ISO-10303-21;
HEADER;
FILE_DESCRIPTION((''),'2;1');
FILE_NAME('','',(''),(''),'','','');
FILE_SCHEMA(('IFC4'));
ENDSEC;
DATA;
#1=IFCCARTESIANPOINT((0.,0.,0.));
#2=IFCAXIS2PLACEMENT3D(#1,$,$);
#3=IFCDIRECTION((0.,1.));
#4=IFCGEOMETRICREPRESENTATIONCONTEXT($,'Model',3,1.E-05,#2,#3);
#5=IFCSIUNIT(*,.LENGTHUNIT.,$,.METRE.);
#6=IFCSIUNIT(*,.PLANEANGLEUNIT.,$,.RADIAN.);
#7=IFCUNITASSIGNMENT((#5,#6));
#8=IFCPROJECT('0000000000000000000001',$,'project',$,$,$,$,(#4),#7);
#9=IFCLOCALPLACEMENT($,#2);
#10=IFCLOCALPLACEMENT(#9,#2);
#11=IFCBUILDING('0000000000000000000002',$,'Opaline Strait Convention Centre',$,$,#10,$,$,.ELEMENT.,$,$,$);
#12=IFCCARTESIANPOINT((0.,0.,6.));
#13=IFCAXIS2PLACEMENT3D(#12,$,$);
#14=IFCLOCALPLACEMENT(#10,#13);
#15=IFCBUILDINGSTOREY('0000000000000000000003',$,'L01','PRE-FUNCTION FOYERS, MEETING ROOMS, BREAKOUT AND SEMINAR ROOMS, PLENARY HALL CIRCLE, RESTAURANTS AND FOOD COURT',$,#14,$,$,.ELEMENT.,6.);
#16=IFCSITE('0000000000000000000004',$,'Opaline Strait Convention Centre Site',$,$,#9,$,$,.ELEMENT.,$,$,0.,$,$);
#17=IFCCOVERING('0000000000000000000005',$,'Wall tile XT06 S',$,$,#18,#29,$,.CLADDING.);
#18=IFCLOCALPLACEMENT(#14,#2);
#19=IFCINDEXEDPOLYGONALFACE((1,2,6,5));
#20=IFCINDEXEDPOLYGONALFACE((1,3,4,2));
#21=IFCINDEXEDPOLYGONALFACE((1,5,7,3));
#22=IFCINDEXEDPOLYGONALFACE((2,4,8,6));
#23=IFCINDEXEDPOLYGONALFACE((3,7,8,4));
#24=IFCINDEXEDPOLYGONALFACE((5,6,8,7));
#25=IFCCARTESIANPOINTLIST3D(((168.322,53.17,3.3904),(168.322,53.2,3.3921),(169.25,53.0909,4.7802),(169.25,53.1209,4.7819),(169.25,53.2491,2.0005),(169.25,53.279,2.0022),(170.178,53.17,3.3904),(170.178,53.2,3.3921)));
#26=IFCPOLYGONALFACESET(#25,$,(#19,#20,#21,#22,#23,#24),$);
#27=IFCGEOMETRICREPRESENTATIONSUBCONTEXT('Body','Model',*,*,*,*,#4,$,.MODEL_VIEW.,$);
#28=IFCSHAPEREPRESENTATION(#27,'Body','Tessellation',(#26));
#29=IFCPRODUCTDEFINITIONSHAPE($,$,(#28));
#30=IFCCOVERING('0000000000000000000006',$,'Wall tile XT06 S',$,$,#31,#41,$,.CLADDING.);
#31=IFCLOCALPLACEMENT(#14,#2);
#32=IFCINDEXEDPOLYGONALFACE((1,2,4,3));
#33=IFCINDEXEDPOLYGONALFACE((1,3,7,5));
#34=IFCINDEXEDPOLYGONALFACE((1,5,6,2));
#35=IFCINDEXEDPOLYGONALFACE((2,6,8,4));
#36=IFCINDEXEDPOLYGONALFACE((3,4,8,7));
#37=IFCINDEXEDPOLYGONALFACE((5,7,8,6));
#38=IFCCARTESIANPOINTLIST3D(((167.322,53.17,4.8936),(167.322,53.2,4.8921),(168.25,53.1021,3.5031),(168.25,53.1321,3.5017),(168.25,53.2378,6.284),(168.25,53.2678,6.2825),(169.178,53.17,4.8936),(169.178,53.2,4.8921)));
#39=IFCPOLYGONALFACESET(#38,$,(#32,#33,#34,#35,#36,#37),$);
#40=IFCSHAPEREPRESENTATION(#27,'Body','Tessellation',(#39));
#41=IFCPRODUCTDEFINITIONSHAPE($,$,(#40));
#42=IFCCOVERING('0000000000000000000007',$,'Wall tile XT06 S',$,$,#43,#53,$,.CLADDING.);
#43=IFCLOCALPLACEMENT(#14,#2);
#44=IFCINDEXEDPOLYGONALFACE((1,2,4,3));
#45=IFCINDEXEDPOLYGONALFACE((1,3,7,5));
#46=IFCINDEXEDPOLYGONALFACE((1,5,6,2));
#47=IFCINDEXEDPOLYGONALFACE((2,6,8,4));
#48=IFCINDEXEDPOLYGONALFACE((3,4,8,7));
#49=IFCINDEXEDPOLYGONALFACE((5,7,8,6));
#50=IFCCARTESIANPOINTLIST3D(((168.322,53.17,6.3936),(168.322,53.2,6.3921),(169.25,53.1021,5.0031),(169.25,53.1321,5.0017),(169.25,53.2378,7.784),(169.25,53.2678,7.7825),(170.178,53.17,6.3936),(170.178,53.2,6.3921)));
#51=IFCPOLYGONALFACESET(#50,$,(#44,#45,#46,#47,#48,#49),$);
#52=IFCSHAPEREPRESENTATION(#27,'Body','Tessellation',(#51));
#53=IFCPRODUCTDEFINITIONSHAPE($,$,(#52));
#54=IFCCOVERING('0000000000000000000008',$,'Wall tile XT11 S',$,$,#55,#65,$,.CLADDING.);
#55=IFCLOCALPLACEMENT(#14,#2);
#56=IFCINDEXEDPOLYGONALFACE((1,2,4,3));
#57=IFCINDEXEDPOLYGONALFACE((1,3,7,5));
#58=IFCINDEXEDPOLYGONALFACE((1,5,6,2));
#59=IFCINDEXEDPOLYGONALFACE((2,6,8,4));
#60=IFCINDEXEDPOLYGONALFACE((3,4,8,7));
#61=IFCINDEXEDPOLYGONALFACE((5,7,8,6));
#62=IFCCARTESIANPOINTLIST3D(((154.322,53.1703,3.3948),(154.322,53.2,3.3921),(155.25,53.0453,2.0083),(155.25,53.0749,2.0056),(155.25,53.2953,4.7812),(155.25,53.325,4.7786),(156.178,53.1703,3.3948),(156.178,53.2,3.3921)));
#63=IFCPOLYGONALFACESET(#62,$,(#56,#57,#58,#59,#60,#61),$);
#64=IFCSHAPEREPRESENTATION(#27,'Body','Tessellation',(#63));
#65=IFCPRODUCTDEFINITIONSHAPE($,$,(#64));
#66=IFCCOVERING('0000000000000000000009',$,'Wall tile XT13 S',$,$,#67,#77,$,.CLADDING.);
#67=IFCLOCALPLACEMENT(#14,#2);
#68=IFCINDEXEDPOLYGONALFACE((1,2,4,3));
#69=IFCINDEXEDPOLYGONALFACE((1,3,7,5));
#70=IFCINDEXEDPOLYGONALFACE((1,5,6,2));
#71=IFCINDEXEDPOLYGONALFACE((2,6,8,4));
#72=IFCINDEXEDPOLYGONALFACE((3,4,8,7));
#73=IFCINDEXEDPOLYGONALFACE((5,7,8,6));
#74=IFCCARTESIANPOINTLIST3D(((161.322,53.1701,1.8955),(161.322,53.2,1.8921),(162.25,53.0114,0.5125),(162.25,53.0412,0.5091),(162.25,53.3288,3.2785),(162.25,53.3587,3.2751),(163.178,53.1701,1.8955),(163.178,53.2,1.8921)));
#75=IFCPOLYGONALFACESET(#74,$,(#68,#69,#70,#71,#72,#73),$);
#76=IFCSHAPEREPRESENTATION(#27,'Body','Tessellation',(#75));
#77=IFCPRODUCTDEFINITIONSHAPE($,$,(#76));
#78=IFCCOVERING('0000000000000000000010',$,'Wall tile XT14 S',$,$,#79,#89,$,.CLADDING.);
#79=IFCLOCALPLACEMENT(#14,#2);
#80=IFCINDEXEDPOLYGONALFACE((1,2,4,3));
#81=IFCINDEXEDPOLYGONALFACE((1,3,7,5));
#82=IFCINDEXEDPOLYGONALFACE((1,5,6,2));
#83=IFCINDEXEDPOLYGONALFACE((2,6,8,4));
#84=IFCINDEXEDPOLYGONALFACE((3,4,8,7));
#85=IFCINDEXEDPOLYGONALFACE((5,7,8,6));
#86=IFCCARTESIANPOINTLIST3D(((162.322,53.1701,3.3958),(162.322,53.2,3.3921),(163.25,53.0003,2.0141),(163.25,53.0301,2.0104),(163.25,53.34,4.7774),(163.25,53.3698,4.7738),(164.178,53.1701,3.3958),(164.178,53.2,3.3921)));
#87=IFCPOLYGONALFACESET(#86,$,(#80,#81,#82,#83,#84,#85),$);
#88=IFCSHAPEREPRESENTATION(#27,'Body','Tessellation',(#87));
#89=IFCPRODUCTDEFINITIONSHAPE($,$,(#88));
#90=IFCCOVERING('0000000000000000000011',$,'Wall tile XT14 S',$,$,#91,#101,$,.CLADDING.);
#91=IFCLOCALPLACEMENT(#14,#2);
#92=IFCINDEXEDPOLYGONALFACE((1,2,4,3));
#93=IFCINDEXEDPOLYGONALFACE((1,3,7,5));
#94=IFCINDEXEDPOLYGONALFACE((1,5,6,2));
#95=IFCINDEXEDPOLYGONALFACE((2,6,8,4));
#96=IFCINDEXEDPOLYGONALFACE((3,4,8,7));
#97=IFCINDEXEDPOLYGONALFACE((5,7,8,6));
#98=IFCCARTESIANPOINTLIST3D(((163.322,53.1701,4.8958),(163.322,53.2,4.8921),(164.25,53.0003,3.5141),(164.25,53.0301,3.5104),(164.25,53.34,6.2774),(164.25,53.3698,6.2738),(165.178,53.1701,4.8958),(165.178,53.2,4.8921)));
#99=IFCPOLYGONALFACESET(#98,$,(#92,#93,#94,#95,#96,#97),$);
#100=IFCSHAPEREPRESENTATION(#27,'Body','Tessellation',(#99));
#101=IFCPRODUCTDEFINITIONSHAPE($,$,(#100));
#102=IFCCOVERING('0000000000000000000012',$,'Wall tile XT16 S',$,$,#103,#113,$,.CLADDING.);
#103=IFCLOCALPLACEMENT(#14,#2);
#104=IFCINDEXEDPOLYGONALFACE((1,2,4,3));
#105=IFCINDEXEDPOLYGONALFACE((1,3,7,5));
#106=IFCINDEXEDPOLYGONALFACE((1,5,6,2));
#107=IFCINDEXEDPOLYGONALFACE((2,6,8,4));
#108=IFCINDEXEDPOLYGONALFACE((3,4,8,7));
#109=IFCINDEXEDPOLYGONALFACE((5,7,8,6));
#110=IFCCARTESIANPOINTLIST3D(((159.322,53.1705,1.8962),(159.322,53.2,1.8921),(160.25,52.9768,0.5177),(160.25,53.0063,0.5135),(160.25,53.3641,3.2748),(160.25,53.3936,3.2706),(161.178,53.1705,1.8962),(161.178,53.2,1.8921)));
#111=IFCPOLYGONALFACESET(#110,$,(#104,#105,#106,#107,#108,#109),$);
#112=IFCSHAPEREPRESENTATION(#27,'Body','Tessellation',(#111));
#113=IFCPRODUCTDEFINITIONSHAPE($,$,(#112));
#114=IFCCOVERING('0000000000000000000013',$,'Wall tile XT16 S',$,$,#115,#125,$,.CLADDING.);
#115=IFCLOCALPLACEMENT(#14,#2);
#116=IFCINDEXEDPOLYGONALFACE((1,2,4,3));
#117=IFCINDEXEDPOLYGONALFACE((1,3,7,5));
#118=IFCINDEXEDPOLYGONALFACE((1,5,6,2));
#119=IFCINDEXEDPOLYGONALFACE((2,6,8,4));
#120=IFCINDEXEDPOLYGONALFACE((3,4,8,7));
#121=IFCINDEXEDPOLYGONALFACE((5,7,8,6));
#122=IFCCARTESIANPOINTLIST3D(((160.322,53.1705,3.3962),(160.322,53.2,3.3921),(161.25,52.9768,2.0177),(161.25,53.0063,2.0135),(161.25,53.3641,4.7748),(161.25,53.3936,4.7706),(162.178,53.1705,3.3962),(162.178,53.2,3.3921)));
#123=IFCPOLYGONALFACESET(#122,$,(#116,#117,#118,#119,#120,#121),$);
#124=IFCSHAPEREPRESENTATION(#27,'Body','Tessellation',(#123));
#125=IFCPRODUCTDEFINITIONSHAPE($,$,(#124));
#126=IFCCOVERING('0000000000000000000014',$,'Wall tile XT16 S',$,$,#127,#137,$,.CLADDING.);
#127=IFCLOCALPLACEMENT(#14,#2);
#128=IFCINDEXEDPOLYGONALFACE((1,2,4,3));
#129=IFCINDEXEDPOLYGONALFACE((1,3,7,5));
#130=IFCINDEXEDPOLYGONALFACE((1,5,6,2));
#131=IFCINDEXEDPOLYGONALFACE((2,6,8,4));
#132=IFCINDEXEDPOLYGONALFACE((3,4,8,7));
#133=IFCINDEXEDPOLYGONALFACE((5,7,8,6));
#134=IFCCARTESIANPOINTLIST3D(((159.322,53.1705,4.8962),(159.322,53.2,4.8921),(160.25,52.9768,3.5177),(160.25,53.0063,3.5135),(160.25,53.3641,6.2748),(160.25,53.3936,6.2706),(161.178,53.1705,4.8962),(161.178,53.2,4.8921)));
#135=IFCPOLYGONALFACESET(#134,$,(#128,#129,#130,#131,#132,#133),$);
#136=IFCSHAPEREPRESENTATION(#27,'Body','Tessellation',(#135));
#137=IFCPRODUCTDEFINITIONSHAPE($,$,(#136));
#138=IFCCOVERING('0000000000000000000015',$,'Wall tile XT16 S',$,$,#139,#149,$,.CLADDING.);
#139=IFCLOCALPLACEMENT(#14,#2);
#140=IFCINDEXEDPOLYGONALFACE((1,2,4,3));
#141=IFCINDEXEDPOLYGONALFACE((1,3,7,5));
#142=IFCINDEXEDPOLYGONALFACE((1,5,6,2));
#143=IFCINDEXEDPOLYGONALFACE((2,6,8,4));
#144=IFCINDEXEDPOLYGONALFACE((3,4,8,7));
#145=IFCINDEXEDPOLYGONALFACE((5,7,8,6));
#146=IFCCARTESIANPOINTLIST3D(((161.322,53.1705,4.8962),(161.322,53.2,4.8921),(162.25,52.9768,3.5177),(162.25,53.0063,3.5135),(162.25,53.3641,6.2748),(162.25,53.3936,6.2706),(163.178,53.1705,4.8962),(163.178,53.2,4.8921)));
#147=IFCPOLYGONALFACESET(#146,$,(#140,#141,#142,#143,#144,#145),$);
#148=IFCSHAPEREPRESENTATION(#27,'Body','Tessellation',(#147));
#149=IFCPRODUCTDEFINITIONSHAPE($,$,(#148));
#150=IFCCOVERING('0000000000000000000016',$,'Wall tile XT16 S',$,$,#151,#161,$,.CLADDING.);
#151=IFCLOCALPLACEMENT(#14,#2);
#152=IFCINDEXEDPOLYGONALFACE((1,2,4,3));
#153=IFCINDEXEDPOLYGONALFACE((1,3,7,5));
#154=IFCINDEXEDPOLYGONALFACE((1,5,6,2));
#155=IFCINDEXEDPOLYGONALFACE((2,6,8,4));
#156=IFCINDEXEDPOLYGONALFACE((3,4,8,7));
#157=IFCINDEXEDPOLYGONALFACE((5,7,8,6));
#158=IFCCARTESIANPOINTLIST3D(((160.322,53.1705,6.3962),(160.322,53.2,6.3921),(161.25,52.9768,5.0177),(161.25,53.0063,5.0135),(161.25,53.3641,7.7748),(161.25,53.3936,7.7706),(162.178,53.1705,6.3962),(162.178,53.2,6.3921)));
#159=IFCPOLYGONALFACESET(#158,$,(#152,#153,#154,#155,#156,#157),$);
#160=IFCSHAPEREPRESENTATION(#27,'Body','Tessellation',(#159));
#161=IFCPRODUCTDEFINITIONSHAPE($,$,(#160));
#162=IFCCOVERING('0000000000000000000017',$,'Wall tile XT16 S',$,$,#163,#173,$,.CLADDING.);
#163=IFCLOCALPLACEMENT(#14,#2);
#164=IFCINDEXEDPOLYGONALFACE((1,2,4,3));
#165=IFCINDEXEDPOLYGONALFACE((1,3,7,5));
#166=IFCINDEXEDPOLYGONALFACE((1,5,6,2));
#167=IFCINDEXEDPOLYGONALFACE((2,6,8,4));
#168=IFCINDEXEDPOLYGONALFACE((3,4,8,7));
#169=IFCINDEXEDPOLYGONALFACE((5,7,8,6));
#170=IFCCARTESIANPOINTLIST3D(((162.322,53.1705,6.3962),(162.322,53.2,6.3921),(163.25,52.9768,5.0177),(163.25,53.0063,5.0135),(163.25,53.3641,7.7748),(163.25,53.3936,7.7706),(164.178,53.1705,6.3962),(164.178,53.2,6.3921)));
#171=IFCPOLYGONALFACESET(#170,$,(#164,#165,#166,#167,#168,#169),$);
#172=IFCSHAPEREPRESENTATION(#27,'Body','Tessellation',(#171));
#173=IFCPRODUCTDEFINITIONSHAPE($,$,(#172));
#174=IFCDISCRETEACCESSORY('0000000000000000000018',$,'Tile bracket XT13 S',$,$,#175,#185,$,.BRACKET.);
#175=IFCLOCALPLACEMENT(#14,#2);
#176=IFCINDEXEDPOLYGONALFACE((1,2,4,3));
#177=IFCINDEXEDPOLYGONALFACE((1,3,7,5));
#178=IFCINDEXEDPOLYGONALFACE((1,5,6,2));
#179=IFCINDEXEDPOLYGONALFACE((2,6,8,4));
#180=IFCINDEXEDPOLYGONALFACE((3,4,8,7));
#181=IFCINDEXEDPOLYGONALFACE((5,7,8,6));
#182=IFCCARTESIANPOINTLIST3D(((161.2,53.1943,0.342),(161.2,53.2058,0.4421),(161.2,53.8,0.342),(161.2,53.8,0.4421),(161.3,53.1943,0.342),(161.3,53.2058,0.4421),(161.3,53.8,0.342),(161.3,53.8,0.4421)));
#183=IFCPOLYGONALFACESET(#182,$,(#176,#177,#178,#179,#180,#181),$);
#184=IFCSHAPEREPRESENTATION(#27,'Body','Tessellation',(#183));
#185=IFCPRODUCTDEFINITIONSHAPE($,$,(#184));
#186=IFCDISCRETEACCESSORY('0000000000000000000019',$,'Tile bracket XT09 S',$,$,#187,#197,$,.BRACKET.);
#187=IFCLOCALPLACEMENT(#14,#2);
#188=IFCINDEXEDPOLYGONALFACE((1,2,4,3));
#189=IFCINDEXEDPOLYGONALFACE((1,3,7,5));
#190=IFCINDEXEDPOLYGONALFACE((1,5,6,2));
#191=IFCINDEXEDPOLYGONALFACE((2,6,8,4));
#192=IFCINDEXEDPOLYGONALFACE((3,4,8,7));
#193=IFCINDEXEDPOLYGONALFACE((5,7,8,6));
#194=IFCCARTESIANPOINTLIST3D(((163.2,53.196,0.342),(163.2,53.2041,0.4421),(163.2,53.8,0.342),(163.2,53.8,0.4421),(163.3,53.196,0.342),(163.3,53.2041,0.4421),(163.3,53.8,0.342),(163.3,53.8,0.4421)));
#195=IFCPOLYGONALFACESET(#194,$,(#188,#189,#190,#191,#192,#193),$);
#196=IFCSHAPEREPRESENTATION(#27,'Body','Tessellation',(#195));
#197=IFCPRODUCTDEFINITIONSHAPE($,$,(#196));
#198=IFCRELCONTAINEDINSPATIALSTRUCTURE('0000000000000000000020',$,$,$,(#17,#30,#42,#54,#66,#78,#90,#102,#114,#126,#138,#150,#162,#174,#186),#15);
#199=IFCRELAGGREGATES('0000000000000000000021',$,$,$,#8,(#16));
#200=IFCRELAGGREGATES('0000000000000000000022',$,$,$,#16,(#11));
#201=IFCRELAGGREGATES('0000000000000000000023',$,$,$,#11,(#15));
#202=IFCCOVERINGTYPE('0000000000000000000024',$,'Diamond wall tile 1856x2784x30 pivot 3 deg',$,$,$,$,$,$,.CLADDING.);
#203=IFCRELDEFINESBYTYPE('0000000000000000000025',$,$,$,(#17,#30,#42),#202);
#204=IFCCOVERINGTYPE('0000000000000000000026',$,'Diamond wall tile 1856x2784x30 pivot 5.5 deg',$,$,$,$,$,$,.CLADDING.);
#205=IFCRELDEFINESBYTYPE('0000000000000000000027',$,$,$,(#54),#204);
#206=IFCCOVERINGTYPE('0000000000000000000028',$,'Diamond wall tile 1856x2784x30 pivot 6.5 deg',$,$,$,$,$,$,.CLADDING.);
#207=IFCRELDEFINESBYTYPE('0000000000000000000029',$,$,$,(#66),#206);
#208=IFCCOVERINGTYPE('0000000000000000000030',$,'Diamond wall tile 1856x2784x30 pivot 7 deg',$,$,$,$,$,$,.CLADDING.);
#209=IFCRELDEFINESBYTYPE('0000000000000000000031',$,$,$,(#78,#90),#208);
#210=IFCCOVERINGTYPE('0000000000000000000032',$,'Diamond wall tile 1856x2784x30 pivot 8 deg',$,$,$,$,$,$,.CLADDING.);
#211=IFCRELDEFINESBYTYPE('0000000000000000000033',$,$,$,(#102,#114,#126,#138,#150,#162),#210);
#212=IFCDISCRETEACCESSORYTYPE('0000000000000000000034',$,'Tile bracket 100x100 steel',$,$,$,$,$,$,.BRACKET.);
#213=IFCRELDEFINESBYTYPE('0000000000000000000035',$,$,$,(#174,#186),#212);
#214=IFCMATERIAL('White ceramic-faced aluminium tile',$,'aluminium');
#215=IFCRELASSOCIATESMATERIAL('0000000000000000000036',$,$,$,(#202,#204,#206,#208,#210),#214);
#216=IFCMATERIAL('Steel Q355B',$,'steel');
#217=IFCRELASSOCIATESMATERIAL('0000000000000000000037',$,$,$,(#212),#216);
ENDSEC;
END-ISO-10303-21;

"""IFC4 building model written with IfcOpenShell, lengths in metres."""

from ifc_helpers import new_model, si_unit, direction, frame, origin, place, context, subcontext, project, spatial, polyline, outline, extrude, material, material_profile, profile_set, type_object, element, save


model = new_model("IFC4")

# Units and contexts
model_context = context("Model", 3, precision=1e-05, world=origin(), true_north=direction((0.0, 1.0)))
body_context = subcontext(model_context, "Body", "Model", "MODEL_VIEW")
ifc_project = project(units=[si_unit("LENGTHUNIT", "METRE"), si_unit("PLANEANGLEUNIT", "RADIAN")], contexts=[model_context])

# Site, building, storey
site_placement = place(None, origin())
site = spatial("IfcSite", under=ifc_project, at=site_placement, Name="Opaline Strait Convention Centre Site", CompositionType="ELEMENT", RefElevation=0.0)
building_placement = place(site_placement, origin())
building = spatial("IfcBuilding", under=site, at=building_placement, Name="Opaline Strait Convention Centre", CompositionType="ELEMENT")
storey_placement = place(building_placement, frame((0.0, 0.0, 6.0)))
storey = spatial("IfcBuildingStorey", under=building, at=storey_placement, Name="L01", Description="PRE-FUNCTION FOYERS, MEETING ROOMS, BREAKOUT AND SEMINAR ROOMS, PLENARY HALL CIRCLE, RESTAURANTS AND FOOD COURT", CompositionType="ELEMENT", Elevation=6.0)

# Coverings
ifc_material_1 = material(Name="White ceramic-faced aluminium tile", Category="aluminium")
ifc_material_profile_1 = material_profile(ifc_material_1, outline(polyline([(0.928, 0.0), (0.0, 1.3921), (-0.928, 0.0), (0.0, -1.3921), (0.928, 0.0)])), Name="Diamond tile 1856x2784")
ifc_profile_set_1 = profile_set([ifc_material_profile_1], Name="White ceramic-faced aluminium tile")
covering_type_1 = type_object("IfcCoveringType", Name="Diamond wall tile 1856x2784x30 pivot 3 deg", PredefinedType="CLADDING", material=ifc_profile_set_1)
for number, where, z_axis, x_axis, name in (
    (1, (169.25, 53.2, 3.3921), (0.0, -0.998385, -0.056819), (1.0, 0.0, 0.0), "Wall tile XT06 S"),
    (2, (168.25, 53.2, 4.8921), (0.0, -0.998812, 0.048723), (1.0, 0.0, 0.0), "Wall tile XT06 S"),
    (3, (169.25, 53.2, 6.3921), (0.0, -0.998812, 0.048723), (1.0, 0.0, 0.0), "Wall tile XT06 S"),
):
    element("IfcCovering", number, at=place(storey_placement, frame(where, z_axis=z_axis, x_axis=x_axis)), inside=storey, type_object=covering_type_1, Name=name, PredefinedType="CLADDING", context=body_context, shape_type="SweptSolid", body=[
        extrude(outline(polyline([(0.928, 0.0), (0.0, 1.3921), (-0.928, 0.0), (0.0, -1.3921), (0.928, 0.0)])), origin(), (0.0, 0.0, 1.0), 0.03),
    ])
ifc_material_profile_2 = material_profile(ifc_material_1, outline(polyline([(0.928, 0.0), (0.0, 1.3921), (-0.928, 0.0), (0.0, -1.3921), (0.928, 0.0)])), Name="Diamond tile 1856x2784")
ifc_profile_set_2 = profile_set([ifc_material_profile_2], Name="White ceramic-faced aluminium tile")
covering_type_2 = type_object("IfcCoveringType", Name="Diamond wall tile 1856x2784x30 pivot 5.5 deg", PredefinedType="CLADDING", material=ifc_profile_set_2)
covering_1_placement = place(storey_placement, frame((155.25, 53.2, 3.3921), z_axis=(0.0, -0.99596, 0.0898), x_axis=(1.0, 0.0, 0.0)))
element("IfcCovering", 4, at=covering_1_placement, inside=storey, type_object=covering_type_2, Name="Wall tile XT11 S", PredefinedType="CLADDING", context=body_context, shape_type="SweptSolid", body=[
    extrude(outline(polyline([(0.928, 0.0), (0.0, 1.3921), (-0.928, 0.0), (0.0, -1.3921), (0.928, 0.0)])), origin(), (0.0, 0.0, 1.0), 0.0298),
])
ifc_material_profile_3 = material_profile(ifc_material_1, outline(polyline([(0.928, 0.0), (0.0, 1.3921), (-0.928, 0.0), (0.0, -1.3921), (0.928, 0.0)])), Name="Diamond tile 1856x2784")
ifc_profile_set_3 = profile_set([ifc_material_profile_3], Name="White ceramic-faced aluminium tile")
covering_type_3 = type_object("IfcCoveringType", Name="Diamond wall tile 1856x2784x30 pivot 6.5 deg", PredefinedType="CLADDING", material=ifc_profile_set_3)
covering_2_placement = place(storey_placement, frame((162.25, 53.2, 1.8921), z_axis=(0.0, -0.99348, 0.114006), x_axis=(1.0, 0.0, 0.0)))
element("IfcCovering", 5, at=covering_2_placement, inside=storey, type_object=covering_type_3, Name="Wall tile XT13 S", PredefinedType="CLADDING", context=body_context, shape_type="SweptSolid", body=[
    extrude(outline(polyline([(0.928, 0.0), (0.0, 1.3921), (-0.928, 0.0), (0.0, -1.3921), (0.928, 0.0)])), origin(), (0.0, 0.0, 1.0), 0.03),
])
ifc_material_profile_4 = material_profile(ifc_material_1, outline(polyline([(0.928, 0.0), (0.0, 1.3921), (-0.928, 0.0), (0.0, -1.3921), (0.928, 0.0)])), Name="Diamond tile 1856x2784")
ifc_profile_set_4 = profile_set([ifc_material_profile_4], Name="White ceramic-faced aluminium tile")
covering_type_4 = type_object("IfcCoveringType", Name="Diamond wall tile 1856x2784x30 pivot 7 deg", PredefinedType="CLADDING", material=ifc_profile_set_4)
for number, where, z_axis, x_axis, name in (
    (6, (163.25, 53.2, 3.3921), (0.0, -0.992526, 0.122032), (1.0, 0.0, 0.0), "Wall tile XT14 S"),
    (7, (164.25, 53.2, 4.8921), (0.0, -0.992526, 0.122032), (1.0, 0.0, 0.0), "Wall tile XT14 S"),
):
    element("IfcCovering", number, at=place(storey_placement, frame(where, z_axis=z_axis, x_axis=x_axis)), inside=storey, type_object=covering_type_4, Name=name, PredefinedType="CLADDING", context=body_context, shape_type="SweptSolid", body=[
        extrude(outline(polyline([(0.928, 0.0), (0.0, 1.3921), (-0.928, 0.0), (0.0, -1.3921), (0.928, 0.0)])), origin(), (0.0, 0.0, 1.0), 0.03),
    ])
ifc_material_profile_5 = material_profile(ifc_material_1, outline(polyline([(0.928, 0.0), (0.0, 1.3921), (-0.928, 0.0), (0.0, -1.3921), (0.928, 0.0)])), Name="Diamond tile 1856x2784")
ifc_profile_set_5 = profile_set([ifc_material_profile_5], Name="White ceramic-faced aluminium tile")
covering_type_5 = type_object("IfcCoveringType", Name="Diamond wall tile 1856x2784x30 pivot 8 deg", PredefinedType="CLADDING", material=ifc_profile_set_5)
for number, where, z_axis, x_axis, name in (
    (8, (160.25, 53.2, 1.8921), (0.0, -0.990274, 0.139129), (1.0, 0.0, 0.0), "Wall tile XT16 S"),
    (9, (161.25, 53.2, 3.3921), (0.0, -0.990274, 0.139129), (1.0, 0.0, 0.0), "Wall tile XT16 S"),
    (10, (160.25, 53.2, 4.8921), (0.0, -0.990274, 0.139129), (1.0, 0.0, 0.0), "Wall tile XT16 S"),
    (11, (162.25, 53.2, 4.8921), (0.0, -0.990274, 0.139129), (1.0, 0.0, 0.0), "Wall tile XT16 S"),
    (12, (161.25, 53.2, 6.3921), (0.0, -0.990274, 0.139129), (1.0, 0.0, 0.0), "Wall tile XT16 S"),
    (13, (163.25, 53.2, 6.3921), (0.0, -0.990274, 0.139129), (1.0, 0.0, 0.0), "Wall tile XT16 S"),
):
    element("IfcCovering", number, at=place(storey_placement, frame(where, z_axis=z_axis, x_axis=x_axis)), inside=storey, type_object=covering_type_5, Name=name, PredefinedType="CLADDING", context=body_context, shape_type="SweptSolid", body=[
        extrude(outline(polyline([(0.928, 0.0), (0.0, 1.3921), (-0.928, 0.0), (0.0, -1.3921), (0.928, 0.0)])), origin(), (0.0, 0.0, 1.0), 0.0298),
    ])

# Discrete accessories
ifc_material_2 = material(Name="Steel Q355B", Category="steel")
discrete_accessory_type = type_object("IfcDiscreteAccessoryType", Name="Tile bracket 100x100 steel", PredefinedType="BRACKET", material=ifc_material_2)
discrete_accessory_1_placement = place(storey_placement, frame((161.2, 53.8, 0.3921), z_axis=(1.0, 0.0, 0.0), x_axis=(0.0, 1.0, 0.0)))
element("IfcDiscreteAccessory", 14, at=discrete_accessory_1_placement, inside=storey, type_object=discrete_accessory_type, Name="Tile bracket XT13 S", PredefinedType="BRACKET", context=body_context, shape_type="SweptSolid", body=[
    extrude(outline(polyline([(0.0, -0.05), (0.0, 0.05), (-0.5942, 0.05), (-0.6057, -0.05), (0.0, -0.05)])), origin(), (0.0, 0.0, 1.0), 0.1001),
])
discrete_accessory_2_placement = place(storey_placement, frame((163.2, 53.8, 0.3921), z_axis=(1.0, 0.0, 0.0), x_axis=(0.0, 1.0, 0.0)))
element("IfcDiscreteAccessory", 15, at=discrete_accessory_2_placement, inside=storey, type_object=discrete_accessory_type, Name="Tile bracket XT09 S", PredefinedType="BRACKET", context=body_context, shape_type="SweptSolid", body=[
    extrude(outline(polyline([(0.0, -0.05), (0.0, 0.05), (-0.5959, 0.05), (-0.604, -0.05), (0.0, -0.05)])), origin(), (0.0, 0.0, 1.0), 0.1001),
])

save(model, "model.ifc")
